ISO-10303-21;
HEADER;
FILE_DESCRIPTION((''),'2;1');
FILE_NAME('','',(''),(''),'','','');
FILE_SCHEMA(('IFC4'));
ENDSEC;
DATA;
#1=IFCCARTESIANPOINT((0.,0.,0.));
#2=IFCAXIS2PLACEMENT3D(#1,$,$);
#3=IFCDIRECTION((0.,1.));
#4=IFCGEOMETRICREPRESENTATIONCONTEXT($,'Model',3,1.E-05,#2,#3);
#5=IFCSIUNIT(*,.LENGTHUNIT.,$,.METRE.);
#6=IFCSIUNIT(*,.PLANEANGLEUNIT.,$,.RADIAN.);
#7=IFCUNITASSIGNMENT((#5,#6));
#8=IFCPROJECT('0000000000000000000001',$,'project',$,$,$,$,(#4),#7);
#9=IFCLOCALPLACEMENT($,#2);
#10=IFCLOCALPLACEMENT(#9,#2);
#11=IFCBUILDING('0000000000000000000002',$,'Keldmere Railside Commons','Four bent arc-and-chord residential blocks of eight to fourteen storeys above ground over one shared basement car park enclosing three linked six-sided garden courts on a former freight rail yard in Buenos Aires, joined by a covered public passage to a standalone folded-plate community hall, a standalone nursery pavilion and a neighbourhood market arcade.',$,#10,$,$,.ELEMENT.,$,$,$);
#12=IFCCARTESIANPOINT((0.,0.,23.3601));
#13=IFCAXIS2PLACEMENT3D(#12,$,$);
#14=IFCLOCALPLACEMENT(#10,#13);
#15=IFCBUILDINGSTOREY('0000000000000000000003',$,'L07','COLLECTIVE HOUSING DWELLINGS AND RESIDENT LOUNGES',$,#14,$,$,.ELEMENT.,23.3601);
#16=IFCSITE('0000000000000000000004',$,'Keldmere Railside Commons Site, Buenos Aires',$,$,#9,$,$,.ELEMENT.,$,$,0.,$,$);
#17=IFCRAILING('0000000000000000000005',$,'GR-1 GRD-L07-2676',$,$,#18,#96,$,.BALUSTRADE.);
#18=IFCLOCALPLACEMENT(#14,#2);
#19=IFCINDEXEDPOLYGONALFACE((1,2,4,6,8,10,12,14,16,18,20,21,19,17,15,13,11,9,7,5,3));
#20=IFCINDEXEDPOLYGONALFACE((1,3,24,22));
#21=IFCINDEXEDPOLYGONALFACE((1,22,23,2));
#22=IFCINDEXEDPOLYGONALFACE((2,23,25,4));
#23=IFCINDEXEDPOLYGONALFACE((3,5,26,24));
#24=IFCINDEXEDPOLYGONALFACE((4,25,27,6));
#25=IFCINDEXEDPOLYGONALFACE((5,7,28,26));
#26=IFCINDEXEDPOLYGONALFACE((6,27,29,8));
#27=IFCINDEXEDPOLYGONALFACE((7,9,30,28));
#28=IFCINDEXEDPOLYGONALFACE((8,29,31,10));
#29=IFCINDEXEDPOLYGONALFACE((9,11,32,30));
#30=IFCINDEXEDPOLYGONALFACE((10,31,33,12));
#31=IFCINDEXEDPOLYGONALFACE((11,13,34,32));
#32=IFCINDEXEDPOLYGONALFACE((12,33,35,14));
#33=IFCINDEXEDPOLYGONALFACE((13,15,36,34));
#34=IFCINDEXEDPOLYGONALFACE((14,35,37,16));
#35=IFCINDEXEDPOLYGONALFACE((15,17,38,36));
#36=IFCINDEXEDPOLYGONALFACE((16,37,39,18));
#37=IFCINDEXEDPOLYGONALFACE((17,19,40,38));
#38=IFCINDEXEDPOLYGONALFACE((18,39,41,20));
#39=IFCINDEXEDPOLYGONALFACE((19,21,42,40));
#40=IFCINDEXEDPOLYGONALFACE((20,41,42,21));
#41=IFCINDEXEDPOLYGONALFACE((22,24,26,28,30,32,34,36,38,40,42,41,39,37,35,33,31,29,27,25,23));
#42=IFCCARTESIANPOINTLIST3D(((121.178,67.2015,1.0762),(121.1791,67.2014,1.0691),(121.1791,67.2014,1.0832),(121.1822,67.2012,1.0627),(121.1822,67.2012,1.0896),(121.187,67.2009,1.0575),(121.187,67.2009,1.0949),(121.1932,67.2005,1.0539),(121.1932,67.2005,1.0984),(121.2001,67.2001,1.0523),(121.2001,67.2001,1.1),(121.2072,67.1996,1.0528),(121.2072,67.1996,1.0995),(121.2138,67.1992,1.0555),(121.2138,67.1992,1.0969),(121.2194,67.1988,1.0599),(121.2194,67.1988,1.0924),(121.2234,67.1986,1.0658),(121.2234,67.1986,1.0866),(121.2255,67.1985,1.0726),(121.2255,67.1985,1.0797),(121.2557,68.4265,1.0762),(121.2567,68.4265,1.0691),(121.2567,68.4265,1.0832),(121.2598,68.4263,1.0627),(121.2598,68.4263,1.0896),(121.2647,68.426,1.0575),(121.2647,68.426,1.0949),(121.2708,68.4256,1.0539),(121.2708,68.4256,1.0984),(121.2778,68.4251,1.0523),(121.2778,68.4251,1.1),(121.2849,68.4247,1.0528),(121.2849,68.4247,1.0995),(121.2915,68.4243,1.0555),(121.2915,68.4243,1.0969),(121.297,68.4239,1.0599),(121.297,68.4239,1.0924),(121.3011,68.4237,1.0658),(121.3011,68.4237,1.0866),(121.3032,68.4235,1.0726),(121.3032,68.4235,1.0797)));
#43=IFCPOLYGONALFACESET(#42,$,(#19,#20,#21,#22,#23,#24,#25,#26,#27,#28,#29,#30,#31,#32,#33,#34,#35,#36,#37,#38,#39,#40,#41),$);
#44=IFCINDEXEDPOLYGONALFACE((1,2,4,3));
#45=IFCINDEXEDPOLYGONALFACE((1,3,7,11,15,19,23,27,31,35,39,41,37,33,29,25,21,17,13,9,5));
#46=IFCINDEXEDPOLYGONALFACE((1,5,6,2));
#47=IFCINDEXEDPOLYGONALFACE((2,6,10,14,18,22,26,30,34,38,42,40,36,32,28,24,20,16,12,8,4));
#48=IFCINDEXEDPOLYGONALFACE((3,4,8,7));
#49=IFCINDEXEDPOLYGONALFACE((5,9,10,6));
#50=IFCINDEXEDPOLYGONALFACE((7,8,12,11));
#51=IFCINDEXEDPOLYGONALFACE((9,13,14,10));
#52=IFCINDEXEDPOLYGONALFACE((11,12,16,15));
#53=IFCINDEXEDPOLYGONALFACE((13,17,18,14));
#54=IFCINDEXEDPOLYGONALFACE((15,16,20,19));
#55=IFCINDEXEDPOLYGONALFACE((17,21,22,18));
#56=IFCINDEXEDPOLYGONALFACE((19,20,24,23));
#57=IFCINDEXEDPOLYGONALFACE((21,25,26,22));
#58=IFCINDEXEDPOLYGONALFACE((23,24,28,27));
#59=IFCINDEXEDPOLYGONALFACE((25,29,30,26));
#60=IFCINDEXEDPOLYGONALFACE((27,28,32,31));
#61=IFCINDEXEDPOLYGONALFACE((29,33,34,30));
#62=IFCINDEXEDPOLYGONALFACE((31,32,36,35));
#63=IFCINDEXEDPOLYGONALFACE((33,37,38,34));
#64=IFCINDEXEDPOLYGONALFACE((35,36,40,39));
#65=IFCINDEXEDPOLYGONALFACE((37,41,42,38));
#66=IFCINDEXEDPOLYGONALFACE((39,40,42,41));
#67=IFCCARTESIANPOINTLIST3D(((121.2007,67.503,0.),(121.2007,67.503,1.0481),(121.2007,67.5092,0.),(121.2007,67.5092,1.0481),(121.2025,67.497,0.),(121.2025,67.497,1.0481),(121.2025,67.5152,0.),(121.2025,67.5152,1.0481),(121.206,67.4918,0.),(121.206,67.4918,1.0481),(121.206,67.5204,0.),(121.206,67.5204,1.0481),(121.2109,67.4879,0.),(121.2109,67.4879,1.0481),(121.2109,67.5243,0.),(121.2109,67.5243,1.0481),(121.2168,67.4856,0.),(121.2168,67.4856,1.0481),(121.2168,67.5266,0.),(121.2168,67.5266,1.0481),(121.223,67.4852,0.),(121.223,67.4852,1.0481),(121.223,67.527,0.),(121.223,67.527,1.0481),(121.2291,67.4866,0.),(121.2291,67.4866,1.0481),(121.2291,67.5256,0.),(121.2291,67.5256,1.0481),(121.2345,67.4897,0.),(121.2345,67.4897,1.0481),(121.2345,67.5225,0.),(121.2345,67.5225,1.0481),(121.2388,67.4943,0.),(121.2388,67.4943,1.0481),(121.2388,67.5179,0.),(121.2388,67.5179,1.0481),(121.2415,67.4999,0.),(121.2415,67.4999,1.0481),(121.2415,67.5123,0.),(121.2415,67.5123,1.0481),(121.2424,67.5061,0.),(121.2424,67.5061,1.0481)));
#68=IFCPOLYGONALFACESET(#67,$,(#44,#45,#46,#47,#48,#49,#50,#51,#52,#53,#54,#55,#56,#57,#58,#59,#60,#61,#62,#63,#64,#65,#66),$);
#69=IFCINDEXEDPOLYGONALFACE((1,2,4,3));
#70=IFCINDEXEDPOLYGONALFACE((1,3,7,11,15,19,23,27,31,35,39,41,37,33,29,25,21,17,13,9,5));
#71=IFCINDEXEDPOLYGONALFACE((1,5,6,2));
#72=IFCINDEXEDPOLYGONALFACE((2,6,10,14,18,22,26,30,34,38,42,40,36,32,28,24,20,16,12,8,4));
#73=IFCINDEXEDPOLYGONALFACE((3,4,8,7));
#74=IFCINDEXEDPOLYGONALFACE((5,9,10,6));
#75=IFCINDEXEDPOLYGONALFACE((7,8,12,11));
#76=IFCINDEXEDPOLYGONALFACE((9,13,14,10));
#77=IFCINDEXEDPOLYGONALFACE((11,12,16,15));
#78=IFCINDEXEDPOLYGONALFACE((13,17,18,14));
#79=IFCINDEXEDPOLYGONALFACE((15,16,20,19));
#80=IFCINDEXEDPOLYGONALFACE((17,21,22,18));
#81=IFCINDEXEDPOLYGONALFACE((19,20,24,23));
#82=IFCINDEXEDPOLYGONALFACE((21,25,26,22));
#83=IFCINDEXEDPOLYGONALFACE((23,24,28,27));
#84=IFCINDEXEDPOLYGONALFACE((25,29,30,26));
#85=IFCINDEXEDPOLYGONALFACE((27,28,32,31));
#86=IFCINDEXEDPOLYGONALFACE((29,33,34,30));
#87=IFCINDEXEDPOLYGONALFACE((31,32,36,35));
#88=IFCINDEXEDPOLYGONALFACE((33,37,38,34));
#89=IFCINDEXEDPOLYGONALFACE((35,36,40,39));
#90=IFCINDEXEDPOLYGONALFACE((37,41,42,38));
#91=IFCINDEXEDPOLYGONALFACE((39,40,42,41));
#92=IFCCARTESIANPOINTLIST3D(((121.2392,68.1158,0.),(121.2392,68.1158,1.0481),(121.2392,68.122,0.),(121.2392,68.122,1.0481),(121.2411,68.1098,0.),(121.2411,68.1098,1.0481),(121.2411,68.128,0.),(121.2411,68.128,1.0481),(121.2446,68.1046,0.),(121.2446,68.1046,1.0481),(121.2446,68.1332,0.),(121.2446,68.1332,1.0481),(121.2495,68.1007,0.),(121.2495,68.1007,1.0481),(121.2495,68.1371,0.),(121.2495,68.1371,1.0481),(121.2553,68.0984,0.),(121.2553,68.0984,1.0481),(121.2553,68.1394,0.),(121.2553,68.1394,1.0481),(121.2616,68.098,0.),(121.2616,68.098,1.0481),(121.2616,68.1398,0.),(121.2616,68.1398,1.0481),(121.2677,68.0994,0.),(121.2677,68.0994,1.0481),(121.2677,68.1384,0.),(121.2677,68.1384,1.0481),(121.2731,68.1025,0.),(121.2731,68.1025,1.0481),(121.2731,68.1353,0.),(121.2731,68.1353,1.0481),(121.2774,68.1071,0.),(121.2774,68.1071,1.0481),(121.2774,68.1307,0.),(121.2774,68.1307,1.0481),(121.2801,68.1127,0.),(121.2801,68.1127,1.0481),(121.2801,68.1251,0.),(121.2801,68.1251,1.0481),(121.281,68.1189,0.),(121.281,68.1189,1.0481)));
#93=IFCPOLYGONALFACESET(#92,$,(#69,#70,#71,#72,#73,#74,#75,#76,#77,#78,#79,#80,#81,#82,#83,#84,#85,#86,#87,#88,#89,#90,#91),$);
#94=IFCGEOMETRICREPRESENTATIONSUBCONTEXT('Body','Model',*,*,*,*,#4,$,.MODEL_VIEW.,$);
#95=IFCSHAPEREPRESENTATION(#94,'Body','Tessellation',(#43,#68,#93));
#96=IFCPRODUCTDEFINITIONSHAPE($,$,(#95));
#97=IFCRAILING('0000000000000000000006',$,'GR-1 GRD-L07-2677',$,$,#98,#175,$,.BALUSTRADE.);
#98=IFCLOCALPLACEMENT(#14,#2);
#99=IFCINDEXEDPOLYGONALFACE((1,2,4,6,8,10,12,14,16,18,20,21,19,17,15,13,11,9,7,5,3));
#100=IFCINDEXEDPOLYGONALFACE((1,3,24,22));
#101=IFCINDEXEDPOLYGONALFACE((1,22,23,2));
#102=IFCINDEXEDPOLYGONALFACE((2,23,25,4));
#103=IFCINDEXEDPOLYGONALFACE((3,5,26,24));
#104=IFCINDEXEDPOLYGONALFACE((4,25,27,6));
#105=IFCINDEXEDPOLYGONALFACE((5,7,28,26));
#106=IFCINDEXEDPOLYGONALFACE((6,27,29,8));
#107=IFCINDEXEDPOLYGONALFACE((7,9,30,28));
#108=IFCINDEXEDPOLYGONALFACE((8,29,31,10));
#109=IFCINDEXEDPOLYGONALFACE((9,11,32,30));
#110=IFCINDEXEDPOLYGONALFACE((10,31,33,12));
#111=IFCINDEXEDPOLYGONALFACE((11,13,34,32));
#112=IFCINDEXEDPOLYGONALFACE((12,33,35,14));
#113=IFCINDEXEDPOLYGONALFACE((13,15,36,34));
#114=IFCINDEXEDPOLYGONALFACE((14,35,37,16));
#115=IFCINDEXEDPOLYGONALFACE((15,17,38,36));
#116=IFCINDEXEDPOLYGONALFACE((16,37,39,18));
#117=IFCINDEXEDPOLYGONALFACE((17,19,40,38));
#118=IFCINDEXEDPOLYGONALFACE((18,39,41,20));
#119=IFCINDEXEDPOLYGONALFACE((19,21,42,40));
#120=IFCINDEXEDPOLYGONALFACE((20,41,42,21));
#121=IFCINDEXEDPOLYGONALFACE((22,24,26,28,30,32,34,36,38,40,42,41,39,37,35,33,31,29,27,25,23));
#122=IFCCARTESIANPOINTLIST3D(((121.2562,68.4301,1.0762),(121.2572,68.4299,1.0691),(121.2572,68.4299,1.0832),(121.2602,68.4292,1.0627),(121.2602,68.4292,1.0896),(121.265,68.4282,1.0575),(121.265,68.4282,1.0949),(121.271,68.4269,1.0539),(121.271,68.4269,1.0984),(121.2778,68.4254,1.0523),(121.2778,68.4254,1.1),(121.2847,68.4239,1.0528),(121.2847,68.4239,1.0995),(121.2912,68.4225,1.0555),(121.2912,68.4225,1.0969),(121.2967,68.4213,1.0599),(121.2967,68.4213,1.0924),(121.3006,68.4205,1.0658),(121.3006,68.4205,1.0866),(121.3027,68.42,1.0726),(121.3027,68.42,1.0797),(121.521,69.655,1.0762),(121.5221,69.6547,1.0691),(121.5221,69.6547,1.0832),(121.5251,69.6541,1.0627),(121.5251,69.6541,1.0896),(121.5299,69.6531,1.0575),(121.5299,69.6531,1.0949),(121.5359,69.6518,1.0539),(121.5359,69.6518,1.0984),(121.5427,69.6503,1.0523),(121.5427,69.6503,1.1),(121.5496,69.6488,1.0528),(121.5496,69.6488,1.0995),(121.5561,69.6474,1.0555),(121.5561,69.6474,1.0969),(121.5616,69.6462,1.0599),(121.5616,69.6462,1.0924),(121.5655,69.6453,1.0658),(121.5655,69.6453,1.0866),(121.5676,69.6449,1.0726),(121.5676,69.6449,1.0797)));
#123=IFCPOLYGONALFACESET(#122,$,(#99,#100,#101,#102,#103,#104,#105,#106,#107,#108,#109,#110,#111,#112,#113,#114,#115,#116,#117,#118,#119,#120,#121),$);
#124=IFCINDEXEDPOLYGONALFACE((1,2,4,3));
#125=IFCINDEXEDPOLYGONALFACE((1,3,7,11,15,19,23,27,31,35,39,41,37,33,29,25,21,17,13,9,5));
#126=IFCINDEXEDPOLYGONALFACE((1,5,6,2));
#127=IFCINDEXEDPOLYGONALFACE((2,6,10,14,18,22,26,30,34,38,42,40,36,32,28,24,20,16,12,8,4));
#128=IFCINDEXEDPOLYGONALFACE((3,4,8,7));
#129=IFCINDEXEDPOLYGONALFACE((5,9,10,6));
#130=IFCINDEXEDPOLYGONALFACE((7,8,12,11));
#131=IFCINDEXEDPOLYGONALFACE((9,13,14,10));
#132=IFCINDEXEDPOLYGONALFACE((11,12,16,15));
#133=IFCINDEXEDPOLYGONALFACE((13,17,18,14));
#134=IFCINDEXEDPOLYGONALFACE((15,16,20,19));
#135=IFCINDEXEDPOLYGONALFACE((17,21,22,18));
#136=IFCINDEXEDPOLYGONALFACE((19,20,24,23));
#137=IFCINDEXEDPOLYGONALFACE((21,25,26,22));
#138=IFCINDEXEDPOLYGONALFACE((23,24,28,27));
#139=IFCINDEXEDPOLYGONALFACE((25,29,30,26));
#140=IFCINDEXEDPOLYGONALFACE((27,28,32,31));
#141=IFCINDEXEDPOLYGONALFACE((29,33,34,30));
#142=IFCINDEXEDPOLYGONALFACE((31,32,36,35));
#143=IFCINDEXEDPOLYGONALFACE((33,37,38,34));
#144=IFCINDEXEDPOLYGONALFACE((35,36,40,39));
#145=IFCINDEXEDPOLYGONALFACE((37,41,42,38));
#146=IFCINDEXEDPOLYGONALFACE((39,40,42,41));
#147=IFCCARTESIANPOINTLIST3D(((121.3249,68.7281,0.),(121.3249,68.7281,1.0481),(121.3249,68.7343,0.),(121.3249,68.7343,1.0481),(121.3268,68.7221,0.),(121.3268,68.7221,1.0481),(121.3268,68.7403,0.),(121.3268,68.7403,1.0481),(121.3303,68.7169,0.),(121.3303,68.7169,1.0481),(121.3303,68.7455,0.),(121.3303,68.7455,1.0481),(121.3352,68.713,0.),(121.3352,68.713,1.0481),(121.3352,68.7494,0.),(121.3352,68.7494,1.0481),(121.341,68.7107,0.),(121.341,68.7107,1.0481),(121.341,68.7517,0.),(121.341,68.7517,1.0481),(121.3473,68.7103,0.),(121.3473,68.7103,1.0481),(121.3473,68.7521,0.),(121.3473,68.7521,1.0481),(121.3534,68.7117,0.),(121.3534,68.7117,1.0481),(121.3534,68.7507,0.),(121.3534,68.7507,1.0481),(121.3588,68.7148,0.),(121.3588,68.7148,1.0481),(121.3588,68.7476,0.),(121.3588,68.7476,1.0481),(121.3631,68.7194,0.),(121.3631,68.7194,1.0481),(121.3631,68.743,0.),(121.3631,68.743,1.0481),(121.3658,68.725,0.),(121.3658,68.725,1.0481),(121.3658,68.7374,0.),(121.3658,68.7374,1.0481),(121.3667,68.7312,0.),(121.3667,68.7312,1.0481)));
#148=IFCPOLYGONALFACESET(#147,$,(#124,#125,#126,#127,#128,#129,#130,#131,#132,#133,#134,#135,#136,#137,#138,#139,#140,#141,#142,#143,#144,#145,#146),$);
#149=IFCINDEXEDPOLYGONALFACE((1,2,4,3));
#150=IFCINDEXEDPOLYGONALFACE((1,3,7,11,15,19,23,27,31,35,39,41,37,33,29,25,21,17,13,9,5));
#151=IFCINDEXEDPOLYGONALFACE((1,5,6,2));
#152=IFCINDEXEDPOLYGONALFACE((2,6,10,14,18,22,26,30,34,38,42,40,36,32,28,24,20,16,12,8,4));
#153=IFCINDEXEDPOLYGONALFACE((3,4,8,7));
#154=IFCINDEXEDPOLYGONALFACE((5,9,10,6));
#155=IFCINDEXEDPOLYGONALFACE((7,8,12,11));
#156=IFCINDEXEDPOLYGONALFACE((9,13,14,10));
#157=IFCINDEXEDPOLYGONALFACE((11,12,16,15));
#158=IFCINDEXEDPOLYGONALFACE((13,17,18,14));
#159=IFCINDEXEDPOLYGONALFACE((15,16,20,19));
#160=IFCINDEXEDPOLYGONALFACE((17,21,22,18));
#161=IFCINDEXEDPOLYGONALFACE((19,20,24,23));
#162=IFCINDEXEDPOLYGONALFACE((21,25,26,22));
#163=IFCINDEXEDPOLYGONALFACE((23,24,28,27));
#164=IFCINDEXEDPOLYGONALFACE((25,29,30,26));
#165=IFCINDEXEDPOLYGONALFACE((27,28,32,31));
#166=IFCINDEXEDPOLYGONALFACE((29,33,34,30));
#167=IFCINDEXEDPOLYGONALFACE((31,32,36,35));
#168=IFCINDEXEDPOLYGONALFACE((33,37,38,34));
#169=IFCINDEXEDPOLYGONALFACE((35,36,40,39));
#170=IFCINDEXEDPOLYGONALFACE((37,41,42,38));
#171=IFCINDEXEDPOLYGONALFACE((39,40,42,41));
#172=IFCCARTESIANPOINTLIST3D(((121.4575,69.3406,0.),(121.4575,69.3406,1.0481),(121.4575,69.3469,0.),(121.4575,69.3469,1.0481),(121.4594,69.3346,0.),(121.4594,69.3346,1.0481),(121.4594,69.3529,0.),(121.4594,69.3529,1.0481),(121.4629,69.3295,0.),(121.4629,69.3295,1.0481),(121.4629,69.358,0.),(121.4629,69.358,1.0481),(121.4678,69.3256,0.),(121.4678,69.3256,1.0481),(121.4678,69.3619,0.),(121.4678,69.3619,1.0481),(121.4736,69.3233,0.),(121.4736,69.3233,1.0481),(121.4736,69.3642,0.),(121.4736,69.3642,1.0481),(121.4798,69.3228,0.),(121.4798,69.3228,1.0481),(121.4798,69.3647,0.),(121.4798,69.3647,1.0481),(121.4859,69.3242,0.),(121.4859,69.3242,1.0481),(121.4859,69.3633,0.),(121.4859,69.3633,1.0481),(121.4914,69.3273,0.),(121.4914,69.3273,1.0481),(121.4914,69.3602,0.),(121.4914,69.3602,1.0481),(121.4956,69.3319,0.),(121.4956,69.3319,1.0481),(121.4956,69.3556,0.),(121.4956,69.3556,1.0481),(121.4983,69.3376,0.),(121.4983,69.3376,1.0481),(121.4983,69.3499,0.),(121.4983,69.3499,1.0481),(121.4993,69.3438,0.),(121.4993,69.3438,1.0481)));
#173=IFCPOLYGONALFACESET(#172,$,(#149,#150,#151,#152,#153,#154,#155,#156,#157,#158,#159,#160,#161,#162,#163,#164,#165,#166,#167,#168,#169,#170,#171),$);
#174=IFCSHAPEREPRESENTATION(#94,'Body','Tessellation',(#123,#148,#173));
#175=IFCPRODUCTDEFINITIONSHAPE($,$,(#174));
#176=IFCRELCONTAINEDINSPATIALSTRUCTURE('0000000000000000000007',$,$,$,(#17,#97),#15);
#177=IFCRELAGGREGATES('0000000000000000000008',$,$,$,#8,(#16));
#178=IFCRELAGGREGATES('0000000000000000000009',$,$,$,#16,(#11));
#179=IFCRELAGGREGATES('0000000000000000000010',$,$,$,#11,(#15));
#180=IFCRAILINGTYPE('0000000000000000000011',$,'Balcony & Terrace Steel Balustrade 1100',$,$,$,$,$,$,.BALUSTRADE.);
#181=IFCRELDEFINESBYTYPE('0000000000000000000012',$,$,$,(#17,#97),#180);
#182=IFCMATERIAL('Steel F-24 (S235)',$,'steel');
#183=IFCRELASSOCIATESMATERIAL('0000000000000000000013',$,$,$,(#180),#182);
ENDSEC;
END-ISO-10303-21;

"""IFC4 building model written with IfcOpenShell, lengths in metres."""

from ifc_helpers import new_model, si_unit, direction, frame, origin, origin_2d, place, context, subcontext, project, spatial, circle, extrude, material, type_object, element, save


model = new_model("IFC4")

# Units and contexts
model_context = context("Model", 3, precision=1e-05, world=origin(), true_north=direction((0.0, 1.0)))
body_context = subcontext(model_context, "Body", "Model", "MODEL_VIEW")
ifc_project = project(units=[si_unit("LENGTHUNIT", "METRE"), si_unit("PLANEANGLEUNIT", "RADIAN")], contexts=[model_context])

# Site, building, storey
site_placement = place(None, origin())
site = spatial("IfcSite", under=ifc_project, at=site_placement, Name="Keldmere Railside Commons Site, Buenos Aires", CompositionType="ELEMENT", RefElevation=0.0)
building_placement = place(site_placement, origin())
building = spatial("IfcBuilding", under=site, at=building_placement, Name="Keldmere Railside Commons", Description="Four bent arc-and-chord residential blocks of eight to fourteen storeys above ground over one shared basement car park enclosing three linked six-sided garden courts on a former freight rail yard in Buenos Aires, joined by a covered public passage to a standalone folded-plate community hall, a standalone nursery pavilion and a neighbourhood market arcade.", CompositionType="ELEMENT")
storey_placement = place(building_placement, frame((0.0, 0.0, 23.3601)))
storey = spatial("IfcBuildingStorey", under=building, at=storey_placement, Name="L07", Description="COLLECTIVE HOUSING DWELLINGS AND RESIDENT LOUNGES", CompositionType="ELEMENT", Elevation=23.3601)

# Railings
ifc_material_1 = material(Name="Steel F-24 (S235)", Category="steel")
railing_type_1 = type_object("IfcRailingType", Name="Balcony & Terrace Steel Balustrade 1100", PredefinedType="BALUSTRADE", material=ifc_material_1)
railing_1_placement = place(storey_placement, frame((121.2019, 67.2, 0.0)))
element("IfcRailing", 1, at=railing_1_placement, inside=storey, type_object=railing_type_1, Name="GR-1 GRD-L07-2676", PredefinedType="BALUSTRADE", context=body_context, shape_type="SweptSolid", body=[
    extrude(circle(Radius=0.0239, at=origin_2d()), frame((0.0, 0.0, 1.0762), z_axis=(0.063245, 0.997998, 0.0), x_axis=(-0.997998, 0.063245, 0.0)), (0.0, 0.0, 1.0), 1.2275),
    extrude(circle(Radius=0.021, at=origin_2d()), frame((0.0195, 0.3062, 0.0)), (0.0, 0.0, 1.0), 1.0481),
    extrude(circle(Radius=0.021, at=origin_2d()), frame((0.0581, 0.9189, 0.0)), (0.0, 0.0, 1.0), 1.0481),
])
railing_2_placement = place(storey_placement, frame((121.2795, 68.425, 0.0)))
element("IfcRailing", 2, at=railing_2_placement, inside=storey, type_object=railing_type_1, Name="GR-1 GRD-L07-2677", PredefinedType="BALUSTRADE", context=body_context, shape_type="SweptSolid", body=[
    extrude(circle(Radius=0.0239, at=origin_2d()), frame((0.0, 0.0, 1.0762), z_axis=(0.211378, 0.977404, 0.0), x_axis=(-0.977404, 0.211378, 0.0)), (0.0, 0.0, 1.0), 1.2532),
    extrude(circle(Radius=0.021, at=origin_2d()), frame((0.0662, 0.3062, 0.0)), (0.0, 0.0, 1.0), 1.0481),
    extrude(circle(Radius=0.021, at=origin_2d()), frame((0.1987, 0.9187, 0.0)), (0.0, 0.0, 1.0), 1.0481),
])

save(model, "model.ifc")
